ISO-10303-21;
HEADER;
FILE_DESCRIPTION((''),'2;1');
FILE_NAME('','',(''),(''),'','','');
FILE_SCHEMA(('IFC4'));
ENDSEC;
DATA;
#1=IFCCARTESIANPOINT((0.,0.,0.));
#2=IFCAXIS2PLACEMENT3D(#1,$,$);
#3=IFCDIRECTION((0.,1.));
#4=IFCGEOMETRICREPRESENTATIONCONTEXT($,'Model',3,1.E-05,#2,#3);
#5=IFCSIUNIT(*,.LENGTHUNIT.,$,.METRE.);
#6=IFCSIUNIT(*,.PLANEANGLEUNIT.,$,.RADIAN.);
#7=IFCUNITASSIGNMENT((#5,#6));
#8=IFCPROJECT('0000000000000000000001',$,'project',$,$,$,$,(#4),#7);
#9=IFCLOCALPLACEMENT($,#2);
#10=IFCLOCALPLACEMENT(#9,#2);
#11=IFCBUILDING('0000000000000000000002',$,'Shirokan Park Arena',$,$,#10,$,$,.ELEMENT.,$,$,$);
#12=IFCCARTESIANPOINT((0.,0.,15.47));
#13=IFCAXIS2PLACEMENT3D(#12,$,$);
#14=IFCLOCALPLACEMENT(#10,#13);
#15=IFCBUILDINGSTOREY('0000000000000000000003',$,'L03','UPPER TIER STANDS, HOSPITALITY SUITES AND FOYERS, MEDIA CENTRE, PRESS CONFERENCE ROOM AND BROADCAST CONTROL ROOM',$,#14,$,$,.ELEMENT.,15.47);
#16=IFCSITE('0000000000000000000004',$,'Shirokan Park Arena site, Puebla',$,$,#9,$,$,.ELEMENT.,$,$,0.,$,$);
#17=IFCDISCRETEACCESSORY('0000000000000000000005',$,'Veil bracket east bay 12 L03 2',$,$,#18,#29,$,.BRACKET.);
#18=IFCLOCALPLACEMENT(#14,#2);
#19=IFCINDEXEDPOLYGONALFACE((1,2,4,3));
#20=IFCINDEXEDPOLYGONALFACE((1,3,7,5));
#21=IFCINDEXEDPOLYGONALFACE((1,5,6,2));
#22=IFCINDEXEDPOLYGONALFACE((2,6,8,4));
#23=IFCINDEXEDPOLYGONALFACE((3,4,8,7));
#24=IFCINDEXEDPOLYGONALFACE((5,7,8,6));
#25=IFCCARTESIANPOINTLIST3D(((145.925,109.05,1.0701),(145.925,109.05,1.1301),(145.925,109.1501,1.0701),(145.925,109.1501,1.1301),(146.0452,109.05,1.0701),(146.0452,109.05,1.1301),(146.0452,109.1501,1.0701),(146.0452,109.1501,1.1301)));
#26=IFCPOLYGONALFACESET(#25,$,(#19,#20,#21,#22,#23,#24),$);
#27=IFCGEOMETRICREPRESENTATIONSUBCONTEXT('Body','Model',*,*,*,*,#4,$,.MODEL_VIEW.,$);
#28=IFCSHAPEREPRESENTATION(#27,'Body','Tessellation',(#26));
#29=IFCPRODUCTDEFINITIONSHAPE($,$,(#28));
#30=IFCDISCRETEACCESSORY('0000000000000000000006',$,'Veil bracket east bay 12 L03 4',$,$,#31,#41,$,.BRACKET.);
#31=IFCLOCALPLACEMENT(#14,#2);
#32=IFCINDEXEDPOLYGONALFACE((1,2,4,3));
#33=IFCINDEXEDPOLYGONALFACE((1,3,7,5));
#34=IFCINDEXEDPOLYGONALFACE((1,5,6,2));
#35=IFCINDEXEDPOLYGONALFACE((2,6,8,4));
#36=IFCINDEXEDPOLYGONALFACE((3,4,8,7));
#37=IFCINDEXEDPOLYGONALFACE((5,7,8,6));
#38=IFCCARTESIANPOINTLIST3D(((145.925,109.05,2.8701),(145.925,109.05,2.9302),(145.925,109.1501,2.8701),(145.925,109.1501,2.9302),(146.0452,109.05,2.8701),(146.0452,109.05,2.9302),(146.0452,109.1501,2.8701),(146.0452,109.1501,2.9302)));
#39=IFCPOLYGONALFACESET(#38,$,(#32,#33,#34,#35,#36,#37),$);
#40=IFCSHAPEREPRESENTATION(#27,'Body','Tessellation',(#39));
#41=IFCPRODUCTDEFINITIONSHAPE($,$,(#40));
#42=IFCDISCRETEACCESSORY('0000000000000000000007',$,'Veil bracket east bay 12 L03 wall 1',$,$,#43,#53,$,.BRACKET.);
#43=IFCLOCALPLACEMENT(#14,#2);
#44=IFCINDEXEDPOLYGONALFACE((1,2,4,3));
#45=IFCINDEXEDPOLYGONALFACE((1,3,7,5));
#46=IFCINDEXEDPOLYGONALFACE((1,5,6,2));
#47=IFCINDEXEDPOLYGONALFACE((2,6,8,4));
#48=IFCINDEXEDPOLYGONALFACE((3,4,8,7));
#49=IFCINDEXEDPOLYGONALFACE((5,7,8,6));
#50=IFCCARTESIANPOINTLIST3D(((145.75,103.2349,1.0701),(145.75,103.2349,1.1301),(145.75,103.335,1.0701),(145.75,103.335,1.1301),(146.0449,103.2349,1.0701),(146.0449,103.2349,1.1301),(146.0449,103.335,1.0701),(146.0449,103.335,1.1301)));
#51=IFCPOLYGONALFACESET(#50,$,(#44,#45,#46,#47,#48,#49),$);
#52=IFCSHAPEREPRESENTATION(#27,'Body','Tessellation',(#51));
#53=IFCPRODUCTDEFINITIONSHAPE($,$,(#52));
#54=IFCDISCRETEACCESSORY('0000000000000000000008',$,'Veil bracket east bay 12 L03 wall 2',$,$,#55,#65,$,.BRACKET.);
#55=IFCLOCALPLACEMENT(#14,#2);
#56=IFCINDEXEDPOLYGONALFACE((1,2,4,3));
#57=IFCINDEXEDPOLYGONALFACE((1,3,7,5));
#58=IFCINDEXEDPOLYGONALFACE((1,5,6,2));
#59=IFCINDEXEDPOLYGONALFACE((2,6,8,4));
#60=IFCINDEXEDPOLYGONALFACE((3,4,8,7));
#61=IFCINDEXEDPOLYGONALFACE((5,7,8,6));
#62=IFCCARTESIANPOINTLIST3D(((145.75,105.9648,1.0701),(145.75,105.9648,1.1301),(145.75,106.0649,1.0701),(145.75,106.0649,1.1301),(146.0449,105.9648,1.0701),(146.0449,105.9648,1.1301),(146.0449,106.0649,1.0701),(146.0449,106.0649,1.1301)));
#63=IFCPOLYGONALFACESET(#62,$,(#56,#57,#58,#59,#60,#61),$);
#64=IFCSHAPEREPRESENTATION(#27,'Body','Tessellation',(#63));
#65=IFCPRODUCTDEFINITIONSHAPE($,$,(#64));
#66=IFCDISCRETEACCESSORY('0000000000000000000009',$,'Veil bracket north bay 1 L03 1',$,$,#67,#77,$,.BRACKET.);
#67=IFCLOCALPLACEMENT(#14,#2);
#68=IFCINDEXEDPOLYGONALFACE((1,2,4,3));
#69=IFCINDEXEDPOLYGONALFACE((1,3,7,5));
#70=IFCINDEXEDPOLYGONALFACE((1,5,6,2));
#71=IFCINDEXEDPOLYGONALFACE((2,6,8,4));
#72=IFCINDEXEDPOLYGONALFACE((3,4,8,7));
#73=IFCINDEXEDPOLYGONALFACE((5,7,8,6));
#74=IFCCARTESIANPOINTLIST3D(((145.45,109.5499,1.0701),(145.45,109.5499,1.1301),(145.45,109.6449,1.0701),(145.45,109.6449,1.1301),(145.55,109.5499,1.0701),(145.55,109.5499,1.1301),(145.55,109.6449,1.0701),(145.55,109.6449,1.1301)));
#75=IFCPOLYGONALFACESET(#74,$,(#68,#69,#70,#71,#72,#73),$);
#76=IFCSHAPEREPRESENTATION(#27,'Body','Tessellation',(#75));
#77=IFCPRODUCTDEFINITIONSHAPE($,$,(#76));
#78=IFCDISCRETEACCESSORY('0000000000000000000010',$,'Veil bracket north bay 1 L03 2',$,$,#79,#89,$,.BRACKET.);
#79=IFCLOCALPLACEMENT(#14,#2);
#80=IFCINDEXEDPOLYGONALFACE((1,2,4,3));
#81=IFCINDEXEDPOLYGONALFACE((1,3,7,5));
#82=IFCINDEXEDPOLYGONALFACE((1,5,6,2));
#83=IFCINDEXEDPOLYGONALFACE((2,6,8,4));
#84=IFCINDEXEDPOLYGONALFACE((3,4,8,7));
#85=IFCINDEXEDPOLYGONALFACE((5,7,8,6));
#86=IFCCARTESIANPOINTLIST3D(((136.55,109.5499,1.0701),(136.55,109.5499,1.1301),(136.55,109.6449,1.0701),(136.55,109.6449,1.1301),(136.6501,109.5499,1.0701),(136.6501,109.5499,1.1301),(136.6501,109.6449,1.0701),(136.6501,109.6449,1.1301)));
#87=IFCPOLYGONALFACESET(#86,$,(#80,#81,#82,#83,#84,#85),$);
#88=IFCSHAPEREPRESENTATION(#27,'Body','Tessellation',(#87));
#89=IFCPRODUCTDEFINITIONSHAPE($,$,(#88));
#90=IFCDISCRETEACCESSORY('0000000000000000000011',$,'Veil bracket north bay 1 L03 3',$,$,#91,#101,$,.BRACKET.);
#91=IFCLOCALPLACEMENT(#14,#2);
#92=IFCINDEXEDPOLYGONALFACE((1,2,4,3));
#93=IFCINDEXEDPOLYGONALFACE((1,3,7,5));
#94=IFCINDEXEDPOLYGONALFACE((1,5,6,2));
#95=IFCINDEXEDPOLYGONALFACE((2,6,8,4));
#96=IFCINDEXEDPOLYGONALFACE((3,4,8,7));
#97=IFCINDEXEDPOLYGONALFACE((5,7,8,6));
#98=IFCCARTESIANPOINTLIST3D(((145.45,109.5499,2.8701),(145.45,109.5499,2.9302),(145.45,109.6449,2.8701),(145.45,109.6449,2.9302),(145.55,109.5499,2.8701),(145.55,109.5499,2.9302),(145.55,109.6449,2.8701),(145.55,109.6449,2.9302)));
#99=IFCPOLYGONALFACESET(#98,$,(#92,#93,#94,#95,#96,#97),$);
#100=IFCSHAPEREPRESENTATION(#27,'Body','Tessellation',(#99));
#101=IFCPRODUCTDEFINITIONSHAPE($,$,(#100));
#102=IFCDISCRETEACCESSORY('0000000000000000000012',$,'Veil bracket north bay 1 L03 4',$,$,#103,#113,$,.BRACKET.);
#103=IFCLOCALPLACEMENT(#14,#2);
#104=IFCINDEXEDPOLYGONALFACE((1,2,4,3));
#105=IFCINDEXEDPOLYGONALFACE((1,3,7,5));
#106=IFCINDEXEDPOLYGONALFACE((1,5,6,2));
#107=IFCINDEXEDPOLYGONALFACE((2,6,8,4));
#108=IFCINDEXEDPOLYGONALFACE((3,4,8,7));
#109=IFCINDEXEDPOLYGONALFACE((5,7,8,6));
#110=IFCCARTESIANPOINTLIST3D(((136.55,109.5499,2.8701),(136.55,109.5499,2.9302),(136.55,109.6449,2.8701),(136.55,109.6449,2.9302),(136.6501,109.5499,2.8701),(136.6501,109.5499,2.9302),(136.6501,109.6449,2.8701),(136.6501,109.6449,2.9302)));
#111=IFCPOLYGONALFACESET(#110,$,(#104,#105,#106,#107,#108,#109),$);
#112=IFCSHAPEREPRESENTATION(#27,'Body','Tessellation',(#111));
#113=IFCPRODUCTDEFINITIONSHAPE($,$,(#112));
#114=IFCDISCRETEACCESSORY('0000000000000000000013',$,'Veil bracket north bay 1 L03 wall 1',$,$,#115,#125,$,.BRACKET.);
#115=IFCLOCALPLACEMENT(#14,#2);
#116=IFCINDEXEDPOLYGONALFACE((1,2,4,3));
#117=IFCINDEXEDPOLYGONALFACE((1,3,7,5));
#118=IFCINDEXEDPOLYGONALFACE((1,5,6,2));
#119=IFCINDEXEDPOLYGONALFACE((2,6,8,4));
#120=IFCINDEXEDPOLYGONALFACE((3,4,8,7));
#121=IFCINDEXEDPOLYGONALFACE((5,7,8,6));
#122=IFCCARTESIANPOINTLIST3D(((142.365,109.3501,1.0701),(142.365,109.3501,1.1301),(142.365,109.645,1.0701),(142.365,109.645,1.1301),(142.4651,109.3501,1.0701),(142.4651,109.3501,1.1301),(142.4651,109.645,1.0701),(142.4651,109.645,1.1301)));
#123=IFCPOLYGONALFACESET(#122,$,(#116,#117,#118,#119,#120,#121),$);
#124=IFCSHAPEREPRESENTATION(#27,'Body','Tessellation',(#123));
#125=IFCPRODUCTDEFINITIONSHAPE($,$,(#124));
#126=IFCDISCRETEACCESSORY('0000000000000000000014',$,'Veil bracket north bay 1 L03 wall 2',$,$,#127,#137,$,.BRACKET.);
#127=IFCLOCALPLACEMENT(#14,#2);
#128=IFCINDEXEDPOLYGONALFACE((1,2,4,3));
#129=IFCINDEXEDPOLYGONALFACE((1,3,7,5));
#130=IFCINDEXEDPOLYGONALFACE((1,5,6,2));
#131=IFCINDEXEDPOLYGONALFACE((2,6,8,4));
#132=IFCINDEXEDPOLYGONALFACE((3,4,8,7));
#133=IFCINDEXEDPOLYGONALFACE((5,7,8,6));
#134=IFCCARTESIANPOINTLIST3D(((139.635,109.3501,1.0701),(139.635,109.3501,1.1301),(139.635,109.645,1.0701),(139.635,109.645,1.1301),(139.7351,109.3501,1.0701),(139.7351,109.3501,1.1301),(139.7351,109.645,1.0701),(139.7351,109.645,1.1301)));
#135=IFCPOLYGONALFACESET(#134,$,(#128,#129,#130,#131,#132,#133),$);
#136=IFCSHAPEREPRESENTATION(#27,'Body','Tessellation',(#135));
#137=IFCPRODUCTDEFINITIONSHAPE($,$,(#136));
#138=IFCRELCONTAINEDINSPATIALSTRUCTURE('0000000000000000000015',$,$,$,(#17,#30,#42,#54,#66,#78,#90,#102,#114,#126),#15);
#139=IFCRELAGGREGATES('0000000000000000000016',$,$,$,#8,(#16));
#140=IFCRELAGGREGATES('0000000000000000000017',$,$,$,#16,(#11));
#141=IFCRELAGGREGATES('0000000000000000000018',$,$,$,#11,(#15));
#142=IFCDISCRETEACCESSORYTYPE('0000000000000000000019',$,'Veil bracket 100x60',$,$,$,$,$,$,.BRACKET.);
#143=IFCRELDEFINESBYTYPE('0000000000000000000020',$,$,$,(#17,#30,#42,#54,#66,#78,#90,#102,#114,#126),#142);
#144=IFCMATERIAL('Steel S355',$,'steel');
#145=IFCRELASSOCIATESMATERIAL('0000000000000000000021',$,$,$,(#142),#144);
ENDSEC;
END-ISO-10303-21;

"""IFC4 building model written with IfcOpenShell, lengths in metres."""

from ifc_helpers import new_model, si_unit, direction, frame, origin, origin_2d, place, context, subcontext, project, spatial, rectangle, extrude, material, type_object, element, save


model = new_model("IFC4")

# Units and contexts
model_context = context("Model", 3, precision=1e-05, world=origin(), true_north=direction((0.0, 1.0)))
body_context = subcontext(model_context, "Body", "Model", "MODEL_VIEW")
ifc_project = project(units=[si_unit("LENGTHUNIT", "METRE"), si_unit("PLANEANGLEUNIT", "RADIAN")], contexts=[model_context])

# Site, building, storey
site_placement = place(None, origin())
site = spatial("IfcSite", under=ifc_project, at=site_placement, Name="Shirokan Park Arena site, Puebla", CompositionType="ELEMENT", RefElevation=0.0)
building_placement = place(site_placement, origin())
building = spatial("IfcBuilding", under=site, at=building_placement, Name="Shirokan Park Arena", CompositionType="ELEMENT")
storey_placement = place(building_placement, frame((0.0, 0.0, 15.47)))
storey = spatial("IfcBuildingStorey", under=building, at=storey_placement, Name="L03", Description="UPPER TIER STANDS, HOSPITALITY SUITES AND FOYERS, MEDIA CENTRE, PRESS CONFERENCE ROOM AND BROADCAST CONTROL ROOM", CompositionType="ELEMENT", Elevation=15.47)

# Discrete accessories
ifc_material_1 = material(Name="Steel S355", Category="steel")
discrete_accessory_type = type_object("IfcDiscreteAccessoryType", Name="Veil bracket 100x60", PredefinedType="BRACKET", material=ifc_material_1)
for number, where, z_axis, x_axis, name in (
    (1, (145.9851, 109.1001, 1.0701), (0.0, 0.0, 1.0), (0.0, 1.0, 0.0), "Veil bracket east bay 12 L03 2"),
    (2, (145.9851, 109.1001, 2.8701), (0.0, 0.0, 1.0), (0.0, 1.0, 0.0), "Veil bracket east bay 12 L03 4"),
):
    element("IfcDiscreteAccessory", number, at=place(storey_placement, frame(where, z_axis=z_axis, x_axis=x_axis)), inside=storey, type_object=discrete_accessory_type, Name=name, PredefinedType="BRACKET", context=body_context, shape_type="SweptSolid", body=[
        extrude(rectangle(XDim=0.1001, YDim=0.1201, at=origin_2d()), origin(), (0.0, 0.0, 1.0), 0.0601),
    ])
for number, where, z_axis, x_axis, name in (
    (3, (145.8975, 103.2849, 1.0701), (0.0, 0.0, 1.0), (0.0, 1.0, 0.0), "Veil bracket east bay 12 L03 wall 1"),
    (4, (145.8975, 106.0149, 1.0701), (0.0, 0.0, 1.0), (0.0, 1.0, 0.0), "Veil bracket east bay 12 L03 wall 2"),
):
    element("IfcDiscreteAccessory", number, at=place(storey_placement, frame(where, z_axis=z_axis, x_axis=x_axis)), inside=storey, type_object=discrete_accessory_type, Name=name, PredefinedType="BRACKET", context=body_context, shape_type="SweptSolid", body=[
        extrude(rectangle(XDim=0.1001, YDim=0.2949, at=origin_2d()), origin(), (0.0, 0.0, 1.0), 0.0601),
    ])
for number, where, z_axis, x_axis, name in (
    (5, (145.5, 109.5974, 1.0701), (0.0, 0.0, 1.0), (-1.0, 0.0, 0.0), "Veil bracket north bay 1 L03 1"),
    (6, (136.6001, 109.5974, 1.0701), (0.0, 0.0, 1.0), (-1.0, 0.0, 0.0), "Veil bracket north bay 1 L03 2"),
    (7, (145.5, 109.5974, 2.8701), (0.0, 0.0, 1.0), (-1.0, 0.0, 0.0), "Veil bracket north bay 1 L03 3"),
    (8, (136.6001, 109.5974, 2.8701), (0.0, 0.0, 1.0), (-1.0, 0.0, 0.0), "Veil bracket north bay 1 L03 4"),
):
    element("IfcDiscreteAccessory", number, at=place(storey_placement, frame(where, z_axis=z_axis, x_axis=x_axis)), inside=storey, type_object=discrete_accessory_type, Name=name, PredefinedType="BRACKET", context=body_context, shape_type="SweptSolid", body=[
        extrude(rectangle(XDim=0.1001, YDim=0.095, at=origin_2d()), origin(), (0.0, 0.0, 1.0), 0.0601),
    ])
for number, where, z_axis, x_axis, name in (
    (9, (142.415, 109.4976, 1.0701), (0.0, 0.0, 1.0), (-1.0, 0.0, 0.0), "Veil bracket north bay 1 L03 wall 1"),
    (10, (139.6851, 109.4976, 1.0701), (0.0, 0.0, 1.0), (-1.0, 0.0, 0.0), "Veil bracket north bay 1 L03 wall 2"),
):
    element("IfcDiscreteAccessory", number, at=place(storey_placement, frame(where, z_axis=z_axis, x_axis=x_axis)), inside=storey, type_object=discrete_accessory_type, Name=name, PredefinedType="BRACKET", context=body_context, shape_type="SweptSolid", body=[
        extrude(rectangle(XDim=0.1001, YDim=0.2949, at=origin_2d()), origin(), (0.0, 0.0, 1.0), 0.0601),
    ])

save(model, "model.ifc")
